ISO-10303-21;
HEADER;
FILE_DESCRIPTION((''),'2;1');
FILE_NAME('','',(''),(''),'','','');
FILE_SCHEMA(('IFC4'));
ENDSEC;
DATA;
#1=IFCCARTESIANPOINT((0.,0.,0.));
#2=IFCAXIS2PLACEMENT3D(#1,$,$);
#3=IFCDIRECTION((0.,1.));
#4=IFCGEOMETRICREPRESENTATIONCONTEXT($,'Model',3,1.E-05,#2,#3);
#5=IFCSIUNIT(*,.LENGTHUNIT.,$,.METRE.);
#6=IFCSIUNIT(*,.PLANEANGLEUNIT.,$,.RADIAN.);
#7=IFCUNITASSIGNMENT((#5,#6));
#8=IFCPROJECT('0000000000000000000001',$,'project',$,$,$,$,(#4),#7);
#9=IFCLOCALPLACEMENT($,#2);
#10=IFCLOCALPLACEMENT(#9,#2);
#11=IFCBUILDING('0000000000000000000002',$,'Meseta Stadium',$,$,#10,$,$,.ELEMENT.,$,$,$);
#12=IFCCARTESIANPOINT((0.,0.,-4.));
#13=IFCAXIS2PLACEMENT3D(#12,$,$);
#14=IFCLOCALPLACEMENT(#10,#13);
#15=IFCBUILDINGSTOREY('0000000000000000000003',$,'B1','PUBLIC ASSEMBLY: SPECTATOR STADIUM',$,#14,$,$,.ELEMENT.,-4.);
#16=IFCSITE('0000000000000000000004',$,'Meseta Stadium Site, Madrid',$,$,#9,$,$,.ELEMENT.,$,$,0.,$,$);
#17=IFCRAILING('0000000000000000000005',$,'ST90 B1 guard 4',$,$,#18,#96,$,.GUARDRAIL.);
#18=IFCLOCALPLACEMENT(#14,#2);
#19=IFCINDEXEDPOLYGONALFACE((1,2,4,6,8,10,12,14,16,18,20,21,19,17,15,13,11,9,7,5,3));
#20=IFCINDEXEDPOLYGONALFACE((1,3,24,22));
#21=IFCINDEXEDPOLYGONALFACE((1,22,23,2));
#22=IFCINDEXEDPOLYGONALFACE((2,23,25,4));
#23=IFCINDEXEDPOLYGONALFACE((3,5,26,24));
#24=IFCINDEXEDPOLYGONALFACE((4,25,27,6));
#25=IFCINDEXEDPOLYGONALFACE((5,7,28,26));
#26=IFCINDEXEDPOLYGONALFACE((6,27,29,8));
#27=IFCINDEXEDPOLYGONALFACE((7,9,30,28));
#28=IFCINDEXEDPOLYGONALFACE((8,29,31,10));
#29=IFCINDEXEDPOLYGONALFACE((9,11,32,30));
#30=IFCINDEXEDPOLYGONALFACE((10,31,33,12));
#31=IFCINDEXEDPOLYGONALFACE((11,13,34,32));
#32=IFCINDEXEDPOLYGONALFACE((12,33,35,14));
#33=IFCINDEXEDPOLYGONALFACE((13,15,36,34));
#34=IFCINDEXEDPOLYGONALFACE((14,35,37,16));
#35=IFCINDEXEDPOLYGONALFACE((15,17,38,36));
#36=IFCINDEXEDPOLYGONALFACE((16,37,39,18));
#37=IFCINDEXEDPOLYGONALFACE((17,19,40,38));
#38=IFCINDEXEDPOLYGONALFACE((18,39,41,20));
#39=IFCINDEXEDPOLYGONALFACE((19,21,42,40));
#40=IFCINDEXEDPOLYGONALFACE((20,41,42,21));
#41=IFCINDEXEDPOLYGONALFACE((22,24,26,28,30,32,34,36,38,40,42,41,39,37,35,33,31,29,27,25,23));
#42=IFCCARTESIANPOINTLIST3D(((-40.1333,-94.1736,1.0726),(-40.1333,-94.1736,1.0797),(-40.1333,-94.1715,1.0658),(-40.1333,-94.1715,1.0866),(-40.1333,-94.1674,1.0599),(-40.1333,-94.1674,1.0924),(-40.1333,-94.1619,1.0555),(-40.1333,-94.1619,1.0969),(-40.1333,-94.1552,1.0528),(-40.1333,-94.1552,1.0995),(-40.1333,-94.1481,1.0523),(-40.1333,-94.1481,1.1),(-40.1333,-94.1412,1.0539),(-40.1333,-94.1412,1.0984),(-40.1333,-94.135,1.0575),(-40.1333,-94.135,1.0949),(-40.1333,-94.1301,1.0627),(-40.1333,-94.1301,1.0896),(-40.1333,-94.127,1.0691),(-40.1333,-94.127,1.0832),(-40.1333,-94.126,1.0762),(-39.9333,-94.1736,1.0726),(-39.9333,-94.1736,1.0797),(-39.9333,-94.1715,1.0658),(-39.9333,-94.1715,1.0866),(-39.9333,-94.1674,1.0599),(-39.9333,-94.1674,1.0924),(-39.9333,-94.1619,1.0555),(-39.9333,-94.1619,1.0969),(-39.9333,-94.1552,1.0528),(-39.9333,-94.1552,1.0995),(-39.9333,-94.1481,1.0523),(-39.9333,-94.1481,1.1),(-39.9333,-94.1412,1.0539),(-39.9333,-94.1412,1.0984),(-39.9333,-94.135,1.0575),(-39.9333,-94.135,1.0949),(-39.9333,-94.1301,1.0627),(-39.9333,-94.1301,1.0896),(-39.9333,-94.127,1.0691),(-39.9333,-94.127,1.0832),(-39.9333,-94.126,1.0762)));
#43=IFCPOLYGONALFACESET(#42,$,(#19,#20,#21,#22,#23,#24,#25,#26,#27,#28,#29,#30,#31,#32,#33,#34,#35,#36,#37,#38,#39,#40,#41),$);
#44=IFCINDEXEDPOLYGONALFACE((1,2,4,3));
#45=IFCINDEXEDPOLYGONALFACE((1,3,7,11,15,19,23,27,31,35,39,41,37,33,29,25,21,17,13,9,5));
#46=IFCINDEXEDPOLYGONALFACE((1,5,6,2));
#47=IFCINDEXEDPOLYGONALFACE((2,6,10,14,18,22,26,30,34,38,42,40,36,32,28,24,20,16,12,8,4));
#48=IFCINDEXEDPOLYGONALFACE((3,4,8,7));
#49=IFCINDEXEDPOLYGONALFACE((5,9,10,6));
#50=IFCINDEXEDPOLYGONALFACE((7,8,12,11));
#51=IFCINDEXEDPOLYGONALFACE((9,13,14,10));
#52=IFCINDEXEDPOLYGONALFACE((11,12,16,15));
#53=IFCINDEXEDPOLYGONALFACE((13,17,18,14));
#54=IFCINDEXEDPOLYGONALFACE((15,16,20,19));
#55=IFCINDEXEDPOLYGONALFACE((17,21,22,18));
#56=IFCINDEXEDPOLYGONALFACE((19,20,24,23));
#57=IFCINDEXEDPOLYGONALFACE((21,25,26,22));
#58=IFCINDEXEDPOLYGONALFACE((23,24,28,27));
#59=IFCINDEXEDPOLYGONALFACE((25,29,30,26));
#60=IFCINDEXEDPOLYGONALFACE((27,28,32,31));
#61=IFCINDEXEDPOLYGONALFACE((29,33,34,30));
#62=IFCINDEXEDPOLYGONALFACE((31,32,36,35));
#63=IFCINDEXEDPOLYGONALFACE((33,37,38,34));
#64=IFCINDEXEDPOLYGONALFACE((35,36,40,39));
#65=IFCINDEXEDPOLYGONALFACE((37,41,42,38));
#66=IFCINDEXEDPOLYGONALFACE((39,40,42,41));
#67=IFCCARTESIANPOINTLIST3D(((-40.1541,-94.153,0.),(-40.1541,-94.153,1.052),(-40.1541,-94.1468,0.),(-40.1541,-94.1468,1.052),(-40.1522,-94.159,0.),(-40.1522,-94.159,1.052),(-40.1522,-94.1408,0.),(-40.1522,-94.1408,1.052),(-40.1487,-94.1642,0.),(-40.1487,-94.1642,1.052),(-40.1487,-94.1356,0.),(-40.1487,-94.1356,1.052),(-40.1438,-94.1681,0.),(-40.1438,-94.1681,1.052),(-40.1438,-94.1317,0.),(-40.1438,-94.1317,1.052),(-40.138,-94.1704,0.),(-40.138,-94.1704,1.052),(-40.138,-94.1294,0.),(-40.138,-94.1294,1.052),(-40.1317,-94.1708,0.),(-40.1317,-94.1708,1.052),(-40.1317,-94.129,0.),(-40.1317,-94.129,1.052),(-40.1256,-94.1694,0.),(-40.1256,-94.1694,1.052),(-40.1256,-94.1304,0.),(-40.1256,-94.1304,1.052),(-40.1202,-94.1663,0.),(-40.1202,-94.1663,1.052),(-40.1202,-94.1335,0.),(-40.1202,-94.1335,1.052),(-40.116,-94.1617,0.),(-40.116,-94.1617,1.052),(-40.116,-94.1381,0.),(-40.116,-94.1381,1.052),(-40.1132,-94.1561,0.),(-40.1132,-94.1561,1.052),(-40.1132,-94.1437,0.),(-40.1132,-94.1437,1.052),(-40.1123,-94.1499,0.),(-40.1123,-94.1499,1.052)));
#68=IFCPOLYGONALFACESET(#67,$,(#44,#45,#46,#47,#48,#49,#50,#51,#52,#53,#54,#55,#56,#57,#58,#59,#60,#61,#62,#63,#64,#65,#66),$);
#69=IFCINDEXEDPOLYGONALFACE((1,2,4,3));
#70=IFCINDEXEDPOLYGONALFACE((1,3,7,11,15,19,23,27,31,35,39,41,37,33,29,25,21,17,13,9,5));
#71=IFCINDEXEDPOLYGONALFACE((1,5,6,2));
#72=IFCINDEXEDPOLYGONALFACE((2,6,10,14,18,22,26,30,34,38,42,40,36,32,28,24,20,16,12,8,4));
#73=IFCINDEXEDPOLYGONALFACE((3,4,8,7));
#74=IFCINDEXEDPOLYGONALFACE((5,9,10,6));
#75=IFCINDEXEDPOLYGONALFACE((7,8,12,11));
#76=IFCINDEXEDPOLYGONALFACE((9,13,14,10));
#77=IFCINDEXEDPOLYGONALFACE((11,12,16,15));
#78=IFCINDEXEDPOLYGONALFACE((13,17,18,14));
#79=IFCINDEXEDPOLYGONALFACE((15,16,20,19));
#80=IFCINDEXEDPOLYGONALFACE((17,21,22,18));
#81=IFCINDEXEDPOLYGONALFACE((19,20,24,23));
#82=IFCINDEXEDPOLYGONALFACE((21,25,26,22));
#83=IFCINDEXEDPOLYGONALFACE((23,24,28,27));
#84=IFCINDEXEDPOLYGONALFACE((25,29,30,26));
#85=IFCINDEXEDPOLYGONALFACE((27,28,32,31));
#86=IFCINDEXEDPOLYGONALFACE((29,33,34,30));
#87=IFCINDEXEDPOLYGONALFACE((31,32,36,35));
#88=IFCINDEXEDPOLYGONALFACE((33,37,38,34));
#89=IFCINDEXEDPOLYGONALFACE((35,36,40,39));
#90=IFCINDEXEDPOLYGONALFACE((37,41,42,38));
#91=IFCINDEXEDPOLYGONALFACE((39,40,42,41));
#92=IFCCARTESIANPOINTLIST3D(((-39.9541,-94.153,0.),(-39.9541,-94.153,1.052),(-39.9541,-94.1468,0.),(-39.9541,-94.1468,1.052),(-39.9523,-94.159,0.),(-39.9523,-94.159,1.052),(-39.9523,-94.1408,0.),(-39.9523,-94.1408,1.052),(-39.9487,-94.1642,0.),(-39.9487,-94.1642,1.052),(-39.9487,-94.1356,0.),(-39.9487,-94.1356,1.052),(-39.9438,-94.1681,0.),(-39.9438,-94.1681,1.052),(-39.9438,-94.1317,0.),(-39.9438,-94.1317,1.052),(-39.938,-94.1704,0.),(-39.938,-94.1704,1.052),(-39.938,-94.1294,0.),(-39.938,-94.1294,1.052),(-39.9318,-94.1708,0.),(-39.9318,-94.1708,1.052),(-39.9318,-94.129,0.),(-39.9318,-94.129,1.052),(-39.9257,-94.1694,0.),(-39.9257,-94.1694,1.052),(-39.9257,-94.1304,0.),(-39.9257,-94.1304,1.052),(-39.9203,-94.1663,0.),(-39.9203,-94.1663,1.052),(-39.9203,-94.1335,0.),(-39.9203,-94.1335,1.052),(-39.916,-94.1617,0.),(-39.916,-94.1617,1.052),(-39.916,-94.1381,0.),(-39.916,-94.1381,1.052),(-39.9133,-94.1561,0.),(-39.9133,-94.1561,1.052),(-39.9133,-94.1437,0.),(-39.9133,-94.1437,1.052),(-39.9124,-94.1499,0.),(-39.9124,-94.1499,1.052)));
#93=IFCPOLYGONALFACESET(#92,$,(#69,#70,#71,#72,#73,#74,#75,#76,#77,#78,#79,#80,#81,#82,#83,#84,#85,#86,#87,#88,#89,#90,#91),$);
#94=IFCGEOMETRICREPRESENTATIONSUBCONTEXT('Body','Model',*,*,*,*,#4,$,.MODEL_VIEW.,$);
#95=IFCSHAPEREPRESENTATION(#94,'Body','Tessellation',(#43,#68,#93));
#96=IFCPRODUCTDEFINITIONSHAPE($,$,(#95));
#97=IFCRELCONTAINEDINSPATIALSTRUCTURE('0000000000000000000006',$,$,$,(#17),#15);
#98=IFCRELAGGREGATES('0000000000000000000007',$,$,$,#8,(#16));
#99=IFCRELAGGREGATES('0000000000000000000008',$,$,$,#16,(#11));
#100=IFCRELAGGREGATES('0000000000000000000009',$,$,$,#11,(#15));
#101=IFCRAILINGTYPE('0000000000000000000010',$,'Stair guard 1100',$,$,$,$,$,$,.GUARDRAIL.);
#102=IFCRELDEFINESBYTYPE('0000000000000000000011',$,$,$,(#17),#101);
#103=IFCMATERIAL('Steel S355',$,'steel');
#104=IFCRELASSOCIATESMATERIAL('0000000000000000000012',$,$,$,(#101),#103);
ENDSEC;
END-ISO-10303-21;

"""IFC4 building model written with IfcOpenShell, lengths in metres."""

from ifc_helpers import new_model, si_unit, direction, frame, origin, origin_2d, place, context, subcontext, project, spatial, circle, extrude, material, type_object, element, save


model = new_model("IFC4")

# Units and contexts
model_context = context("Model", 3, precision=1e-05, world=origin(), true_north=direction((0.0, 1.0)))
body_context = subcontext(model_context, "Body", "Model", "MODEL_VIEW")
ifc_project = project(units=[si_unit("LENGTHUNIT", "METRE"), si_unit("PLANEANGLEUNIT", "RADIAN")], contexts=[model_context])

# Site, building, storey
site_placement = place(None, origin())
site = spatial("IfcSite", under=ifc_project, at=site_placement, Name="Meseta Stadium Site, Madrid", CompositionType="ELEMENT", RefElevation=0.0)
building_placement = place(site_placement, origin())
building = spatial("IfcBuilding", under=site, at=building_placement, Name="Meseta Stadium", CompositionType="ELEMENT")
storey_placement = place(building_placement, frame((0.0, 0.0, -4.0)))
storey = spatial("IfcBuildingStorey", under=building, at=storey_placement, Name="B1", Description="PUBLIC ASSEMBLY: SPECTATOR STADIUM", CompositionType="ELEMENT", Elevation=-4.0)

# Railing
ifc_material_1 = material(Name="Steel S355", Category="steel")
railing_type_1 = type_object("IfcRailingType", Name="Stair guard 1100", PredefinedType="GUARDRAIL", material=ifc_material_1)
railing_1_placement = place(storey_placement, frame((-40.1333, -94.1499, 0.0)))
element("IfcRailing", 1, at=railing_1_placement, inside=storey, type_object=railing_type_1, Name="ST90 B1 guard 4", PredefinedType="GUARDRAIL", context=body_context, shape_type="SweptSolid", body=[
    extrude(circle(Radius=0.0239, at=origin_2d()), frame((0.0, 0.0, 1.0762), z_axis=(1.0, 0.0, 0.0), x_axis=(0.0, 1.0, 0.0)), (0.0, 0.0, 1.0), 0.2),
    extrude(circle(Radius=0.021, at=origin_2d()), origin(), (0.0, 0.0, 1.0), 1.052),
    extrude(circle(Radius=0.021, at=origin_2d()), frame((0.2, 0.0, 0.0)), (0.0, 0.0, 1.0), 1.052),
])

save(model, "model.ifc")
